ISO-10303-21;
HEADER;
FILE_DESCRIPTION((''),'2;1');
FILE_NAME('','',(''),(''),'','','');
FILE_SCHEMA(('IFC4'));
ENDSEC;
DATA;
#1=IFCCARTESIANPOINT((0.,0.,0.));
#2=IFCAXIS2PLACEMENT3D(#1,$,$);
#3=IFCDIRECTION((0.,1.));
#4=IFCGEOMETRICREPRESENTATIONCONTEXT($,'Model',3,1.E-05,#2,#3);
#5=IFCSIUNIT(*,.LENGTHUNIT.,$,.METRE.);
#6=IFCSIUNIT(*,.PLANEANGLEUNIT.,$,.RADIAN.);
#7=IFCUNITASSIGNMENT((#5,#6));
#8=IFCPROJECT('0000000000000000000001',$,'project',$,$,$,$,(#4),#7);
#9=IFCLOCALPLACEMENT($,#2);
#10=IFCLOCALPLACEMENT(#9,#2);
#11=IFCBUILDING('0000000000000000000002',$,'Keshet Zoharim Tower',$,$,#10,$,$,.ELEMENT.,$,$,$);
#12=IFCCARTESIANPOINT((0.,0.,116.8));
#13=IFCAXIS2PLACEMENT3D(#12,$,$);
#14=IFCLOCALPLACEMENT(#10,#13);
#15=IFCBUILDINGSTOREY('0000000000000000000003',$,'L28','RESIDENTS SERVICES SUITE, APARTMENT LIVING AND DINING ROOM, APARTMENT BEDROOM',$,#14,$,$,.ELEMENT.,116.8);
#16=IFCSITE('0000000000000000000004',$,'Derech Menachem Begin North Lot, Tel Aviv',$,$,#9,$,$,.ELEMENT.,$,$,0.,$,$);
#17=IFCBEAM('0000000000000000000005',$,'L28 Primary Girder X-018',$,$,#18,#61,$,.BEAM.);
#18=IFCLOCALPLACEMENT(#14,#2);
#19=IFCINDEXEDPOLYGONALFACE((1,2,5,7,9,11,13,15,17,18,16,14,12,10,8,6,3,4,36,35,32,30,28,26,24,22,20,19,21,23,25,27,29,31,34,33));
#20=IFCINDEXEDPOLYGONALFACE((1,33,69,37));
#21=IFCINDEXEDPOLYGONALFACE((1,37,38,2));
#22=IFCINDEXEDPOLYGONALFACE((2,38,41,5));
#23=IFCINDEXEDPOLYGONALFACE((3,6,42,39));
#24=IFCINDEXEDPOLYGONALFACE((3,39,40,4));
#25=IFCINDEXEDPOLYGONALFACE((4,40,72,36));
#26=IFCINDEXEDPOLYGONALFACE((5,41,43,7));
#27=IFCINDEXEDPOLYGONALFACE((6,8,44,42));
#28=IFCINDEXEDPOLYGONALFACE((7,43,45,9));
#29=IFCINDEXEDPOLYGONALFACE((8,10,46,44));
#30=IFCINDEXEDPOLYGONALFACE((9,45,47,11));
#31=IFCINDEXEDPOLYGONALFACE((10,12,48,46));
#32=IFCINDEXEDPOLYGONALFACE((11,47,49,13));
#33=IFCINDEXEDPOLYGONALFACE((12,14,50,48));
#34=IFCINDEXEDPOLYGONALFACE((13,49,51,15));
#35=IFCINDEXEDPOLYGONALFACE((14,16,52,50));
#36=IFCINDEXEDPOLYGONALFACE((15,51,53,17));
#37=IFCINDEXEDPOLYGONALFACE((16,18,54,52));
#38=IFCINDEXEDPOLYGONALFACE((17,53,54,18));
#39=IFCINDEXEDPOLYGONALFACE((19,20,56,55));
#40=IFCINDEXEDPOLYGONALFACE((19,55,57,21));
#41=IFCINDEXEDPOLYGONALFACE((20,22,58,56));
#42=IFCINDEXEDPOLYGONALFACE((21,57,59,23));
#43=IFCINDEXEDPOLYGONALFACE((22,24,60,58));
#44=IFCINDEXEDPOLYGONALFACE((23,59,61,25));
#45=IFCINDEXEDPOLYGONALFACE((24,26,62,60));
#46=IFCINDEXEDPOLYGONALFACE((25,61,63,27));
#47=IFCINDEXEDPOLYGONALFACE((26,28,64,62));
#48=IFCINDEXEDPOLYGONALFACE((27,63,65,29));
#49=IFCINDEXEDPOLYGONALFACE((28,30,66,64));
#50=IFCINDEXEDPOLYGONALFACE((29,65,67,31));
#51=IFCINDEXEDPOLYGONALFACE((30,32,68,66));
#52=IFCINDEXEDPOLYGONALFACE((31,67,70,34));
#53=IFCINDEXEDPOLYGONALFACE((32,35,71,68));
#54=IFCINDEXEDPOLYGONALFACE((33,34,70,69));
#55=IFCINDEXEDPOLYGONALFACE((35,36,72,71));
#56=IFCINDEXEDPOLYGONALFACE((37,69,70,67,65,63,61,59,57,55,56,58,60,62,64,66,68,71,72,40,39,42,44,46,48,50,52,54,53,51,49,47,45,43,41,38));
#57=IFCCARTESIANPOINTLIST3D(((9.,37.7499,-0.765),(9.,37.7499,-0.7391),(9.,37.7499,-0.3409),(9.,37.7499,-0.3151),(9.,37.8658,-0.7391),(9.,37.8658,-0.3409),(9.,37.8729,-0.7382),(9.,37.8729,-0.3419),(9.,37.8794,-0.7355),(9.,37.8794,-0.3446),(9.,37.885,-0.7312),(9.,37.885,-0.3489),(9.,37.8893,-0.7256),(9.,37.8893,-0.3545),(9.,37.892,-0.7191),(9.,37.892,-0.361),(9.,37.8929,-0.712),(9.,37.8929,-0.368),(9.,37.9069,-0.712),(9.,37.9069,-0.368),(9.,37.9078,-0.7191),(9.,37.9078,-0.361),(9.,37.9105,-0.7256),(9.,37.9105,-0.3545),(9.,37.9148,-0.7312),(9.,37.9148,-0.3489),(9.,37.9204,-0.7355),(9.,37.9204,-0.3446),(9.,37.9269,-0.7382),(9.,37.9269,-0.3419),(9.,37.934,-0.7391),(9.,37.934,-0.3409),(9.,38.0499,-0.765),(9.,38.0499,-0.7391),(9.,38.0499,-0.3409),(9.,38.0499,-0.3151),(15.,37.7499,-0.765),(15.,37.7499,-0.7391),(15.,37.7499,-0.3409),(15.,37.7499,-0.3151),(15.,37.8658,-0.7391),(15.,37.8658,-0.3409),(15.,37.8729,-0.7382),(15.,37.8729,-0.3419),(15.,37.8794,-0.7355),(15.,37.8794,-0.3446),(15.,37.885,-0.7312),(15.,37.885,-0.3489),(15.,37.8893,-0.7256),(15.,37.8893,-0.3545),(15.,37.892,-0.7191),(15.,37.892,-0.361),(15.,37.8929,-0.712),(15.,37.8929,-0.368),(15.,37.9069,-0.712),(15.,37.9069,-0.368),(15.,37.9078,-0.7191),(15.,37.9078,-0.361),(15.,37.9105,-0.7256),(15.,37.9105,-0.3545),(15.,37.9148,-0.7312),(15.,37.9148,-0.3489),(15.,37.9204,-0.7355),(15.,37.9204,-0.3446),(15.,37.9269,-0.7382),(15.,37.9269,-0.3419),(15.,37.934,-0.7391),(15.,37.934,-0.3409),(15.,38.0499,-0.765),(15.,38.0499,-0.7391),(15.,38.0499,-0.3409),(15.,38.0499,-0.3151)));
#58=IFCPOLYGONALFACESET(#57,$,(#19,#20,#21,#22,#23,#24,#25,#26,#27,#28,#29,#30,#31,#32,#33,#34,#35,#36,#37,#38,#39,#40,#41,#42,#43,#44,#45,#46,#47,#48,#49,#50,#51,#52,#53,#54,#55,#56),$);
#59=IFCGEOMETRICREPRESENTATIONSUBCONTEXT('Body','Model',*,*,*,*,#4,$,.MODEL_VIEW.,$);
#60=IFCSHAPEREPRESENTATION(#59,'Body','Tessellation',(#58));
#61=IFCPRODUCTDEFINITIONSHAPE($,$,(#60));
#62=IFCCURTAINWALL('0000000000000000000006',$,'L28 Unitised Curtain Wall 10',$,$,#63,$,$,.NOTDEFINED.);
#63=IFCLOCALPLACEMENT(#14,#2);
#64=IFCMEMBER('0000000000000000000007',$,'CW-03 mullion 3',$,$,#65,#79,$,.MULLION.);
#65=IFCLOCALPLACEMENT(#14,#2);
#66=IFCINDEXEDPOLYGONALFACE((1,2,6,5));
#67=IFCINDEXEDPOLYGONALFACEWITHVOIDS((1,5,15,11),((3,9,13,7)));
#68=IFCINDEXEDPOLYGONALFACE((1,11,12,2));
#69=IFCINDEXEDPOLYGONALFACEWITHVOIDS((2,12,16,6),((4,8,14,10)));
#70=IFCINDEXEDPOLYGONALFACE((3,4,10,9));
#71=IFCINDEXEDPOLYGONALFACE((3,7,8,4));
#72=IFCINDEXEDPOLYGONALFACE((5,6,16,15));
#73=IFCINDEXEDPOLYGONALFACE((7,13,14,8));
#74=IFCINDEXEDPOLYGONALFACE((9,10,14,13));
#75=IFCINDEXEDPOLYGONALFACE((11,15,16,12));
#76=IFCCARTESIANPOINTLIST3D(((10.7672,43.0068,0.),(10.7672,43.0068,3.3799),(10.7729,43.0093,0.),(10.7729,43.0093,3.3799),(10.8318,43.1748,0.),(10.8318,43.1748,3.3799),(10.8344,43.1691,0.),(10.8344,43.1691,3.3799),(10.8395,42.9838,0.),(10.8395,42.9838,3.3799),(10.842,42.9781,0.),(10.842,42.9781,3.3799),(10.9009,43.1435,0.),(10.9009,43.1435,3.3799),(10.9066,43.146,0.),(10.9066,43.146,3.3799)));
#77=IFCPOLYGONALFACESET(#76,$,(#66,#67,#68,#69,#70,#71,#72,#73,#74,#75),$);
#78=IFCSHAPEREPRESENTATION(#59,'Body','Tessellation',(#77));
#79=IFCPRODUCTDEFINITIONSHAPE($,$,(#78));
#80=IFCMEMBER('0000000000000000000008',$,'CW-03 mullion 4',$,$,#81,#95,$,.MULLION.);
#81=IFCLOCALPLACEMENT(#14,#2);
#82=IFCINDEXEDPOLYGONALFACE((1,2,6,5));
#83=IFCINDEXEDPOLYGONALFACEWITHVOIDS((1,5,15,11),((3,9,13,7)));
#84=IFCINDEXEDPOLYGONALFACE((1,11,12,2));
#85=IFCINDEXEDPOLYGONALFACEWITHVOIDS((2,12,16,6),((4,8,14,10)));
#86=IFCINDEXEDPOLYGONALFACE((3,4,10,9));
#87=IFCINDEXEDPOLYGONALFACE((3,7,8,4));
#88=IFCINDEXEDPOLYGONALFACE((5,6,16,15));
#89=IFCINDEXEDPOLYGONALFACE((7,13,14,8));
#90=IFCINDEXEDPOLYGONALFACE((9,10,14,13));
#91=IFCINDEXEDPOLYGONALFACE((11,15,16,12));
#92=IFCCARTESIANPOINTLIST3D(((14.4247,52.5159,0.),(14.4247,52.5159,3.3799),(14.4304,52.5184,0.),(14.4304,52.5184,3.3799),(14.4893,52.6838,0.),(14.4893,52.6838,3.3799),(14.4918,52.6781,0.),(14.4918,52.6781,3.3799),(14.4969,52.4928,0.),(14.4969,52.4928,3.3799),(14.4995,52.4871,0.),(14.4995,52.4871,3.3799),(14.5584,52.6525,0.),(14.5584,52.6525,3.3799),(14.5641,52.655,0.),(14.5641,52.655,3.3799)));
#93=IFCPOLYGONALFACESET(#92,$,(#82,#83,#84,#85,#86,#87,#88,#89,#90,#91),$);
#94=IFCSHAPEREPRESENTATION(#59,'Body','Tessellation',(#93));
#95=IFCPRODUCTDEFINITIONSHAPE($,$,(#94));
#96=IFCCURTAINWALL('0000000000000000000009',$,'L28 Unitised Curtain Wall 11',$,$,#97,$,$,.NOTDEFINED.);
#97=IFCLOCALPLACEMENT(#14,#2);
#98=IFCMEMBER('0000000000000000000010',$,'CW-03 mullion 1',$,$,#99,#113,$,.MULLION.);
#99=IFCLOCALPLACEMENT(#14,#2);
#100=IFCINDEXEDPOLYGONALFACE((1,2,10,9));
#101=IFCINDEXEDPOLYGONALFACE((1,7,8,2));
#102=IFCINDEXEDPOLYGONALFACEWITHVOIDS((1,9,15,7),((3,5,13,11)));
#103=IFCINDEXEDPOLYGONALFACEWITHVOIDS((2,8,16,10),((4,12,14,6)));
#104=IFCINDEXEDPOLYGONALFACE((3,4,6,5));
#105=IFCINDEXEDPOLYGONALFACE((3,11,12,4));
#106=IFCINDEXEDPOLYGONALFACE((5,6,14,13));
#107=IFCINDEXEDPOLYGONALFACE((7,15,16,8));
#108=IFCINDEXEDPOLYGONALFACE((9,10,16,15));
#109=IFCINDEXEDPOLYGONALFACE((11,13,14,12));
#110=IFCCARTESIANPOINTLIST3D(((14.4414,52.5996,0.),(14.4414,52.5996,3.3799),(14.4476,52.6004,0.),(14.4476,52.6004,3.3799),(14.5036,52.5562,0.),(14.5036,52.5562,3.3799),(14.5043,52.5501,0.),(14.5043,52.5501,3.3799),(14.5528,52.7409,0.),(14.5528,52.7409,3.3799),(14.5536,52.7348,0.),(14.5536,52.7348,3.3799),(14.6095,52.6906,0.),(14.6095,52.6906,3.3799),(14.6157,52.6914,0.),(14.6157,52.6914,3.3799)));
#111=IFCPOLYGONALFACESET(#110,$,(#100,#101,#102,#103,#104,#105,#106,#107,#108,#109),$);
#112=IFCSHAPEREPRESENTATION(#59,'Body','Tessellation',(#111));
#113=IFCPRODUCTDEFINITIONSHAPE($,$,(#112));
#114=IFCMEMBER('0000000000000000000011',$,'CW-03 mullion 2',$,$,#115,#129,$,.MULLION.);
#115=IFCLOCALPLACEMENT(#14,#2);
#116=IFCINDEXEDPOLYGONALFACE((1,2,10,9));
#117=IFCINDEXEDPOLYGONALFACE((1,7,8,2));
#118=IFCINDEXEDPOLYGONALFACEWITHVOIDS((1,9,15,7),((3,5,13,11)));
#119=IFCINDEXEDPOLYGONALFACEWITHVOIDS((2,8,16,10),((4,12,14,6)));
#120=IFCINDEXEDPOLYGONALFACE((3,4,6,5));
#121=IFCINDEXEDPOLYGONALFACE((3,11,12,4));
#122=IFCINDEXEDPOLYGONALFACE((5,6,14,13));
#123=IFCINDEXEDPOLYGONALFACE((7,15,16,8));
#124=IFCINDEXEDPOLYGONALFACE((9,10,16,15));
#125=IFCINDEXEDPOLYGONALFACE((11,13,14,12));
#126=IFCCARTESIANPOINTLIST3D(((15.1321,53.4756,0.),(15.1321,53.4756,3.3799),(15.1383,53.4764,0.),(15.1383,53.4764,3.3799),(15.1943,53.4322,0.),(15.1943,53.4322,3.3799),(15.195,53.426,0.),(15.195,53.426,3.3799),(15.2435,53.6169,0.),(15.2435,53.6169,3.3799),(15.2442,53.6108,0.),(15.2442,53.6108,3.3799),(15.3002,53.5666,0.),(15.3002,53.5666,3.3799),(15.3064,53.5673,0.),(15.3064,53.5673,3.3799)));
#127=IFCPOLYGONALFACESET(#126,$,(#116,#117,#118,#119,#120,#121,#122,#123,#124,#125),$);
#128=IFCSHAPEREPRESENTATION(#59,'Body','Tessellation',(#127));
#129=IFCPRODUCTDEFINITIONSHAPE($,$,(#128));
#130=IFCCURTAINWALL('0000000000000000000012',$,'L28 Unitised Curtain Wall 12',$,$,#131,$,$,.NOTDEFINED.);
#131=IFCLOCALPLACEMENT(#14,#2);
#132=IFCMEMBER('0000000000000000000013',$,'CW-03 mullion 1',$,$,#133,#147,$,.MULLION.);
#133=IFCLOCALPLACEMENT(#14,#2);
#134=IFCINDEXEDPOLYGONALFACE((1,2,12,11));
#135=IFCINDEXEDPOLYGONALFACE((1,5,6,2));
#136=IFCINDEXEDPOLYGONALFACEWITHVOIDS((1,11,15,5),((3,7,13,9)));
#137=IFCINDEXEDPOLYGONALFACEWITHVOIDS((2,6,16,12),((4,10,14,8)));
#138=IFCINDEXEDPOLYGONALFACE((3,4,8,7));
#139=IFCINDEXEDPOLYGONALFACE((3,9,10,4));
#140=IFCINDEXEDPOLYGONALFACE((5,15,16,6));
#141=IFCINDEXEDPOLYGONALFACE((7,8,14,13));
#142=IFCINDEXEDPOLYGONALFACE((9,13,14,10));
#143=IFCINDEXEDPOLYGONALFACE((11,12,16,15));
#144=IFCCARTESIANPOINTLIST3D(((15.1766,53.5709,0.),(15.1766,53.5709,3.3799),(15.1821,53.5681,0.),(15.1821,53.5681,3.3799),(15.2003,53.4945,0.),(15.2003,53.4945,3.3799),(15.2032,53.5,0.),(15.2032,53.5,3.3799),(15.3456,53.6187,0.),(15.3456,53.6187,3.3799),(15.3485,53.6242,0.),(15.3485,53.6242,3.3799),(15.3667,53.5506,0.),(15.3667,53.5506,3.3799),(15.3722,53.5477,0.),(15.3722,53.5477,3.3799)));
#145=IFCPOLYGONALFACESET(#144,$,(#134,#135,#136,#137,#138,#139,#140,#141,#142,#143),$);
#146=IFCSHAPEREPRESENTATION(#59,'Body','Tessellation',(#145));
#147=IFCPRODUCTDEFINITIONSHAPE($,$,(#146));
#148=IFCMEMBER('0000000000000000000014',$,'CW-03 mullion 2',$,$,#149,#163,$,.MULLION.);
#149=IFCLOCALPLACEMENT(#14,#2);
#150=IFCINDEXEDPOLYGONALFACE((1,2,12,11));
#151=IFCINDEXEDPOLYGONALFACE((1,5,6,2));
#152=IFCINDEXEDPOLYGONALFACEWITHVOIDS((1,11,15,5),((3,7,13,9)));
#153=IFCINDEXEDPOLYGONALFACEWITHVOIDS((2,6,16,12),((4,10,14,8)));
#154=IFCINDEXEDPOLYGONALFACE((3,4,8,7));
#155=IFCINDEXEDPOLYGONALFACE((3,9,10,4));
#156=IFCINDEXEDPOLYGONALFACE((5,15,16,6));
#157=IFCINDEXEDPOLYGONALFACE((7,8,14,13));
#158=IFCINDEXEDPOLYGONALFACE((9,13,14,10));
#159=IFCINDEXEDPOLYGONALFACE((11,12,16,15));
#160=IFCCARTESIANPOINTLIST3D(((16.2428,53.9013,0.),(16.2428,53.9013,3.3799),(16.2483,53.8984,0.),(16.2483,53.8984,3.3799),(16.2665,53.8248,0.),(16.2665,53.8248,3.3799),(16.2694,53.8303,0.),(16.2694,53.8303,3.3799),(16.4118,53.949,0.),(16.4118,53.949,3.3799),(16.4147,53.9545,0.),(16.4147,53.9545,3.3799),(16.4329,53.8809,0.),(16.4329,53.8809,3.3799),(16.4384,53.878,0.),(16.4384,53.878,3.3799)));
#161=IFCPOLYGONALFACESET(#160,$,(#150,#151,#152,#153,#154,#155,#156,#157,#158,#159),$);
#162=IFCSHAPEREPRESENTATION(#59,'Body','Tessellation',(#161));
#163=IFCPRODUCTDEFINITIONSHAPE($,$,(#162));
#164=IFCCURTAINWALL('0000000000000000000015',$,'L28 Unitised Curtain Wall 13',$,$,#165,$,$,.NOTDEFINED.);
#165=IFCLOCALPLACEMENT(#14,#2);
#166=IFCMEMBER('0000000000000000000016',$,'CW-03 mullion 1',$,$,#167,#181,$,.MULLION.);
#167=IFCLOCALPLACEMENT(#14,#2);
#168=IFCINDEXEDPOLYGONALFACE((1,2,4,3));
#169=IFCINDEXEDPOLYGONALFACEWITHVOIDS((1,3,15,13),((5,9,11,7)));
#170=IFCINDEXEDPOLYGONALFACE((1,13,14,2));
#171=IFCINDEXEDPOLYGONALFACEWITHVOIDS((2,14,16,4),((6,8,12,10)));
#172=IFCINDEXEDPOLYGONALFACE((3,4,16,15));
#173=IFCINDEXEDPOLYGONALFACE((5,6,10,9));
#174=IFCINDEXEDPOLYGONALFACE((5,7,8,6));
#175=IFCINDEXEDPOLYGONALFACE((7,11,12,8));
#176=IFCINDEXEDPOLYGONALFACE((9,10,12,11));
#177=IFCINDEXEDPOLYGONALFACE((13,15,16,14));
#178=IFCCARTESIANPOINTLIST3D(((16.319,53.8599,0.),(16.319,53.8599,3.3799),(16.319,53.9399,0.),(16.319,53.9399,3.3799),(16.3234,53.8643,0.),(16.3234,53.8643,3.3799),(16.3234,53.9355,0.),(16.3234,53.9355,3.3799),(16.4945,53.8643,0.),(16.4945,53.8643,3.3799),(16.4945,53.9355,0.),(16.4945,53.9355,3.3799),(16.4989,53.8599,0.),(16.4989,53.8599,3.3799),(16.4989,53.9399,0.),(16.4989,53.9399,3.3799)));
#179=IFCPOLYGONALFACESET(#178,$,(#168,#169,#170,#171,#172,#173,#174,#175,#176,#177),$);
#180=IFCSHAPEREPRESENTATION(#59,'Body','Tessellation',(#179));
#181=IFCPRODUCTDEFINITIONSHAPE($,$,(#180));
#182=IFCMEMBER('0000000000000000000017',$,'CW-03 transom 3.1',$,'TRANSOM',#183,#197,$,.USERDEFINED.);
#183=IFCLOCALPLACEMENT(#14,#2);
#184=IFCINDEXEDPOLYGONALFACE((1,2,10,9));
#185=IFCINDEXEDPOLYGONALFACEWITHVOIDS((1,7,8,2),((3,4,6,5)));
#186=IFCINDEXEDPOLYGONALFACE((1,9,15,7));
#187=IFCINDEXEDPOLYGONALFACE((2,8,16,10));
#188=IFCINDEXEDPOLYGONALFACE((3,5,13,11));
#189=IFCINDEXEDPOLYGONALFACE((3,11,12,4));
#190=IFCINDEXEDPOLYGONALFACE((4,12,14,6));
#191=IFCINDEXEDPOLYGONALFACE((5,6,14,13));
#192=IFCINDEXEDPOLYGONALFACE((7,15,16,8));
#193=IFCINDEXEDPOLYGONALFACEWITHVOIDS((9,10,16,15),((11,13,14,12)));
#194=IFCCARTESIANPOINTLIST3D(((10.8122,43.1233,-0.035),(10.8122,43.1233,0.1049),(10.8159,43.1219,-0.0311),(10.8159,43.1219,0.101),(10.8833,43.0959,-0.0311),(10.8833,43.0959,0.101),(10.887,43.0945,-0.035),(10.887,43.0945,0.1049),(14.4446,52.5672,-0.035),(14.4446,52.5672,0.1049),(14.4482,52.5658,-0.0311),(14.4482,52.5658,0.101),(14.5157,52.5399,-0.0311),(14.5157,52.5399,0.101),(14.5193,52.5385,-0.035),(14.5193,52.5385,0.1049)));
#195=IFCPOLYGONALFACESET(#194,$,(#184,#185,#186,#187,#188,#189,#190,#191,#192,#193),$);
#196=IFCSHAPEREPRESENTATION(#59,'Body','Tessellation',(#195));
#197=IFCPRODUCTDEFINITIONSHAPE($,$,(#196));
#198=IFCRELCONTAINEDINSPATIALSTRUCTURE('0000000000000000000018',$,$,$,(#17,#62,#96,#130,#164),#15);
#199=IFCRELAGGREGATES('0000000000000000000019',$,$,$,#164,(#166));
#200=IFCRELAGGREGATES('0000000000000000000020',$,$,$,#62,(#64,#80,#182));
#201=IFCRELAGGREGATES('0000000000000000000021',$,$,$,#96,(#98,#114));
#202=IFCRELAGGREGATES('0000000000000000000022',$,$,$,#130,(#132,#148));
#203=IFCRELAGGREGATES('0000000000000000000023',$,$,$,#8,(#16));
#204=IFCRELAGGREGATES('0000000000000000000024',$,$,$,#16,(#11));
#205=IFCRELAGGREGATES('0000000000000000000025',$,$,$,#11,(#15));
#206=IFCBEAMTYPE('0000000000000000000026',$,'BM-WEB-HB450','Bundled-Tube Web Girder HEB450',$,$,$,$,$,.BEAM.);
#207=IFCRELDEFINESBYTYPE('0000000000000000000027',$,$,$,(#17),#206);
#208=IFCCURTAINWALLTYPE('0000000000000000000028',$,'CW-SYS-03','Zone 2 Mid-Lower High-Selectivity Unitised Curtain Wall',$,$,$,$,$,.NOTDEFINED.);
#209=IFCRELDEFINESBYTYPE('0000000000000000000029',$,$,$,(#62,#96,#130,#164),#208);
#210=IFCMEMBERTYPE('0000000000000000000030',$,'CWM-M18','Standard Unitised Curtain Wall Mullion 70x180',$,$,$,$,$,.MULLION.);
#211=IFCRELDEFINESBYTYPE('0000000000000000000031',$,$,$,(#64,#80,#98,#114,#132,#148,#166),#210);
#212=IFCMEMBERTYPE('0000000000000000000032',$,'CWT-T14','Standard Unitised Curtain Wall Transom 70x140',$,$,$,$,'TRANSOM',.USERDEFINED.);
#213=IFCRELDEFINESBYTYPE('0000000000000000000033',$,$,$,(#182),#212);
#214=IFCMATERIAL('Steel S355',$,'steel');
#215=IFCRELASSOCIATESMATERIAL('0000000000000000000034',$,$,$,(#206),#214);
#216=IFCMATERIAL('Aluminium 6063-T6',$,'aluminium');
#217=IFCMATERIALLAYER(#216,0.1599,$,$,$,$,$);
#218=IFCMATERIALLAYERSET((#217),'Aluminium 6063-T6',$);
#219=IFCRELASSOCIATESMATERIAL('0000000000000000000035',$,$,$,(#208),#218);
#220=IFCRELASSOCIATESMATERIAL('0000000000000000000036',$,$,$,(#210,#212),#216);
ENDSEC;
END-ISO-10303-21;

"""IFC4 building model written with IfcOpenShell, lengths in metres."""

from ifc_helpers import new_model, si_unit, direction, frame, origin, origin_2d, place, context, subcontext, project, spatial, hollow_rectangle, i_section, extrude, material, layer, layer_set, material_profile, profile_set, type_object, element, aggregate, save


model = new_model("IFC4")

# Units and contexts
model_context = context("Model", 3, precision=1e-05, world=origin(), true_north=direction((0.0, 1.0)))
body_context = subcontext(model_context, "Body", "Model", "MODEL_VIEW")
ifc_project = project(units=[si_unit("LENGTHUNIT", "METRE"), si_unit("PLANEANGLEUNIT", "RADIAN")], contexts=[model_context])

# Site, building, storey
site_placement = place(None, origin())
site = spatial("IfcSite", under=ifc_project, at=site_placement, Name="Derech Menachem Begin North Lot, Tel Aviv", CompositionType="ELEMENT", RefElevation=0.0)
building_placement = place(site_placement, origin())
building = spatial("IfcBuilding", under=site, at=building_placement, Name="Keshet Zoharim Tower", CompositionType="ELEMENT")
storey_placement = place(building_placement, frame((0.0, 0.0, 116.8)))
storey = spatial("IfcBuildingStorey", under=building, at=storey_placement, Name="L28", Description="RESIDENTS SERVICES SUITE, APARTMENT LIVING AND DINING ROOM, APARTMENT BEDROOM", CompositionType="ELEMENT", Elevation=116.8)

# Beam
ifc_material_1 = material(Name="Steel S355", Category="steel")
ifc_material_profile_1 = material_profile(ifc_material_1, i_section(OverallWidth=0.3, OverallDepth=0.45, WebThickness=0.0139, FlangeThickness=0.0259, FilletRadius=0.0271, at=origin_2d()), Name="HEB450")
ifc_profile_set_1 = profile_set([ifc_material_profile_1], Name="Steel S355")
beam_type = type_object("IfcBeamType", Name="BM-WEB-HB450", Description="Bundled-Tube Web Girder HEB450", PredefinedType="BEAM", material=ifc_profile_set_1)
beam_placement = place(storey_placement, frame((9.0, 37.8999, -0.54), z_axis=(1.0, 0.0, 0.0), x_axis=(0.0, 1.0, 0.0)))
element("IfcBeam", 1, at=beam_placement, inside=storey, type_object=beam_type, Name="L28 Primary Girder X-018", PredefinedType="BEAM", context=body_context, shape_type="SweptSolid", body=[
    extrude(i_section(OverallWidth=0.3, OverallDepth=0.45, WebThickness=0.0139, FlangeThickness=0.0259, FilletRadius=0.0271, at=origin_2d()), origin(), (0.0, 0.0, 1.0), 6.0),
])

# Curtain walls, members
ifc_material_2 = material(Name="Aluminium 6063-T6", Category="aluminium")
ifc_layer_1 = layer(ifc_material_2, 0.1599)
ifc_layer_set_1 = layer_set([ifc_layer_1], Name="Aluminium 6063-T6")
curtain_wall_type = type_object("IfcCurtainWallType", Name="CW-SYS-03", Description="Zone 2 Mid-Lower High-Selectivity Unitised Curtain Wall", PredefinedType="NOTDEFINED", material=ifc_layer_set_1)
curtain_wall_1_placement = place(storey_placement, origin())
curtain_wall_1 = element("IfcCurtainWall", 2, at=curtain_wall_1_placement, inside=storey, type_object=curtain_wall_type, Name="L28 Unitised Curtain Wall 10", PredefinedType="NOTDEFINED")
ifc_material_profile_2 = material_profile(ifc_material_2, hollow_rectangle(XDim=0.0801, YDim=0.1799, WallThickness=0.0044, at=origin_2d()), Name="MUL-80x180")
ifc_profile_set_2 = profile_set([ifc_material_profile_2], Name="Aluminium 6063-T6")
member_type_1 = type_object("IfcMemberType", Name="CWM-M18", Description="Standard Unitised Curtain Wall Mullion 70x180", PredefinedType="MULLION", material=ifc_profile_set_2)
member_1_placement = place(storey_placement, frame((10.8369, 43.0764, 0.0), z_axis=(0.0, 0.0, 1.0), x_axis=(-0.933341, 0.35899, 0.0)))
member_1 = element("IfcMember", 3, at=member_1_placement, type_object=member_type_1, Name="CW-03 mullion 3", PredefinedType="MULLION", context=body_context, shape_type="SweptSolid", body=[
    extrude(hollow_rectangle(XDim=0.0801, YDim=0.1799, WallThickness=0.0044, at=origin_2d()), origin(), (0.0, 0.0, 1.0), 3.3799),
])
member_2_placement = place(storey_placement, frame((14.4944, 52.5854, 0.0), z_axis=(0.0, 0.0, 1.0), x_axis=(-0.933341, 0.35899, 0.0)))
member_2 = element("IfcMember", 4, at=member_2_placement, type_object=member_type_1, Name="CW-03 mullion 4", PredefinedType="MULLION", context=body_context, shape_type="SweptSolid", body=[
    extrude(hollow_rectangle(XDim=0.0801, YDim=0.1799, WallThickness=0.0044, at=origin_2d()), origin(), (0.0, 0.0, 1.0), 3.3799),
])
curtain_wall_2_placement = place(storey_placement, origin())
curtain_wall_2 = element("IfcCurtainWall", 5, at=curtain_wall_2_placement, inside=storey, type_object=curtain_wall_type, Name="L28 Unitised Curtain Wall 11", PredefinedType="NOTDEFINED")
member_3_placement = place(storey_placement, frame((14.5286, 52.6455, 0.0), z_axis=(0.0, 0.0, 1.0), x_axis=(-0.785293, 0.619125, 0.0)))
member_3 = element("IfcMember", 6, at=member_3_placement, type_object=member_type_1, Name="CW-03 mullion 1", PredefinedType="MULLION", context=body_context, shape_type="SweptSolid", body=[
    extrude(hollow_rectangle(XDim=0.0801, YDim=0.1799, WallThickness=0.0044, at=origin_2d()), origin(), (0.0, 0.0, 1.0), 3.3799),
])
member_4_placement = place(storey_placement, frame((15.2192, 53.5215, 0.0), z_axis=(0.0, 0.0, 1.0), x_axis=(-0.785293, 0.619125, 0.0)))
member_4 = element("IfcMember", 7, at=member_4_placement, type_object=member_type_1, Name="CW-03 mullion 2", PredefinedType="MULLION", context=body_context, shape_type="SweptSolid", body=[
    extrude(hollow_rectangle(XDim=0.0801, YDim=0.1799, WallThickness=0.0044, at=origin_2d()), origin(), (0.0, 0.0, 1.0), 3.3799),
])
curtain_wall_3_placement = place(storey_placement, origin())
curtain_wall_3 = element("IfcCurtainWall", 8, at=curtain_wall_3_placement, inside=storey, type_object=curtain_wall_type, Name="L28 Unitised Curtain Wall 12", PredefinedType="NOTDEFINED")
member_5_placement = place(storey_placement, frame((15.2744, 53.5593, 0.0), z_axis=(0.0, 0.0, 1.0), x_axis=(-0.295922, 0.955212, 0.0)))
member_5 = element("IfcMember", 9, at=member_5_placement, type_object=member_type_1, Name="CW-03 mullion 1", PredefinedType="MULLION", context=body_context, shape_type="SweptSolid", body=[
    extrude(hollow_rectangle(XDim=0.0801, YDim=0.1799, WallThickness=0.0044, at=origin_2d()), origin(), (0.0, 0.0, 1.0), 3.3799),
])
member_6_placement = place(storey_placement, frame((16.3406, 53.8896, 0.0), z_axis=(0.0, 0.0, 1.0), x_axis=(-0.295922, 0.955212, 0.0)))
member_6 = element("IfcMember", 10, at=member_6_placement, type_object=member_type_1, Name="CW-03 mullion 2", PredefinedType="MULLION", context=body_context, shape_type="SweptSolid", body=[
    extrude(hollow_rectangle(XDim=0.0801, YDim=0.1799, WallThickness=0.0044, at=origin_2d()), origin(), (0.0, 0.0, 1.0), 3.3799),
])

# Curtain wall, member
curtain_wall_4_placement = place(storey_placement, origin())
curtain_wall_4 = element("IfcCurtainWall", 11, at=curtain_wall_4_placement, inside=storey, type_object=curtain_wall_type, Name="L28 Unitised Curtain Wall 13", PredefinedType="NOTDEFINED")
member_7_placement = place(storey_placement, frame((16.4089, 53.8999, 0.0), z_axis=(0.0, 0.0, 1.0), x_axis=(0.0, 1.0, 0.0)))
member_7 = element("IfcMember", 12, at=member_7_placement, type_object=member_type_1, Name="CW-03 mullion 1", PredefinedType="MULLION", context=body_context, shape_type="SweptSolid", body=[
    extrude(hollow_rectangle(XDim=0.0801, YDim=0.1799, WallThickness=0.0044, at=origin_2d()), origin(), (0.0, 0.0, 1.0), 3.3799),
])

# Member
ifc_material_profile_3 = material_profile(ifc_material_2, hollow_rectangle(XDim=0.0801, YDim=0.1399, WallThickness=0.0039, at=origin_2d()), Name="TRN-80x140")
ifc_profile_set_3 = profile_set([ifc_material_profile_3], Name="Aluminium 6063-T6")
member_type_2 = type_object("IfcMemberType", Name="CWT-T14", Description="Standard Unitised Curtain Wall Transom 70x140", ElementType="TRANSOM", PredefinedType="USERDEFINED", material=ifc_profile_set_3)
member_8_placement = place(storey_placement, frame((10.8496, 43.1089, 0.0349), z_axis=(0.358986, 0.933343, 0.0), x_axis=(-0.933343, 0.358986, 0.0)))
member_8 = element("IfcMember", 13, at=member_8_placement, type_object=member_type_2, Name="CW-03 transom 3.1", ObjectType="TRANSOM", PredefinedType="USERDEFINED", context=body_context, shape_type="SweptSolid", body=[
    extrude(hollow_rectangle(XDim=0.0801, YDim=0.1399, WallThickness=0.0039, at=origin_2d()), origin(), (0.0, 0.0, 1.0), 10.1184),
])
aggregate(curtain_wall_4, [member_7])

aggregate(curtain_wall_1, [member_1, member_2, member_8])
aggregate(curtain_wall_2, [member_3, member_4])
aggregate(curtain_wall_3, [member_5, member_6])

save(model, "model.ifc")
